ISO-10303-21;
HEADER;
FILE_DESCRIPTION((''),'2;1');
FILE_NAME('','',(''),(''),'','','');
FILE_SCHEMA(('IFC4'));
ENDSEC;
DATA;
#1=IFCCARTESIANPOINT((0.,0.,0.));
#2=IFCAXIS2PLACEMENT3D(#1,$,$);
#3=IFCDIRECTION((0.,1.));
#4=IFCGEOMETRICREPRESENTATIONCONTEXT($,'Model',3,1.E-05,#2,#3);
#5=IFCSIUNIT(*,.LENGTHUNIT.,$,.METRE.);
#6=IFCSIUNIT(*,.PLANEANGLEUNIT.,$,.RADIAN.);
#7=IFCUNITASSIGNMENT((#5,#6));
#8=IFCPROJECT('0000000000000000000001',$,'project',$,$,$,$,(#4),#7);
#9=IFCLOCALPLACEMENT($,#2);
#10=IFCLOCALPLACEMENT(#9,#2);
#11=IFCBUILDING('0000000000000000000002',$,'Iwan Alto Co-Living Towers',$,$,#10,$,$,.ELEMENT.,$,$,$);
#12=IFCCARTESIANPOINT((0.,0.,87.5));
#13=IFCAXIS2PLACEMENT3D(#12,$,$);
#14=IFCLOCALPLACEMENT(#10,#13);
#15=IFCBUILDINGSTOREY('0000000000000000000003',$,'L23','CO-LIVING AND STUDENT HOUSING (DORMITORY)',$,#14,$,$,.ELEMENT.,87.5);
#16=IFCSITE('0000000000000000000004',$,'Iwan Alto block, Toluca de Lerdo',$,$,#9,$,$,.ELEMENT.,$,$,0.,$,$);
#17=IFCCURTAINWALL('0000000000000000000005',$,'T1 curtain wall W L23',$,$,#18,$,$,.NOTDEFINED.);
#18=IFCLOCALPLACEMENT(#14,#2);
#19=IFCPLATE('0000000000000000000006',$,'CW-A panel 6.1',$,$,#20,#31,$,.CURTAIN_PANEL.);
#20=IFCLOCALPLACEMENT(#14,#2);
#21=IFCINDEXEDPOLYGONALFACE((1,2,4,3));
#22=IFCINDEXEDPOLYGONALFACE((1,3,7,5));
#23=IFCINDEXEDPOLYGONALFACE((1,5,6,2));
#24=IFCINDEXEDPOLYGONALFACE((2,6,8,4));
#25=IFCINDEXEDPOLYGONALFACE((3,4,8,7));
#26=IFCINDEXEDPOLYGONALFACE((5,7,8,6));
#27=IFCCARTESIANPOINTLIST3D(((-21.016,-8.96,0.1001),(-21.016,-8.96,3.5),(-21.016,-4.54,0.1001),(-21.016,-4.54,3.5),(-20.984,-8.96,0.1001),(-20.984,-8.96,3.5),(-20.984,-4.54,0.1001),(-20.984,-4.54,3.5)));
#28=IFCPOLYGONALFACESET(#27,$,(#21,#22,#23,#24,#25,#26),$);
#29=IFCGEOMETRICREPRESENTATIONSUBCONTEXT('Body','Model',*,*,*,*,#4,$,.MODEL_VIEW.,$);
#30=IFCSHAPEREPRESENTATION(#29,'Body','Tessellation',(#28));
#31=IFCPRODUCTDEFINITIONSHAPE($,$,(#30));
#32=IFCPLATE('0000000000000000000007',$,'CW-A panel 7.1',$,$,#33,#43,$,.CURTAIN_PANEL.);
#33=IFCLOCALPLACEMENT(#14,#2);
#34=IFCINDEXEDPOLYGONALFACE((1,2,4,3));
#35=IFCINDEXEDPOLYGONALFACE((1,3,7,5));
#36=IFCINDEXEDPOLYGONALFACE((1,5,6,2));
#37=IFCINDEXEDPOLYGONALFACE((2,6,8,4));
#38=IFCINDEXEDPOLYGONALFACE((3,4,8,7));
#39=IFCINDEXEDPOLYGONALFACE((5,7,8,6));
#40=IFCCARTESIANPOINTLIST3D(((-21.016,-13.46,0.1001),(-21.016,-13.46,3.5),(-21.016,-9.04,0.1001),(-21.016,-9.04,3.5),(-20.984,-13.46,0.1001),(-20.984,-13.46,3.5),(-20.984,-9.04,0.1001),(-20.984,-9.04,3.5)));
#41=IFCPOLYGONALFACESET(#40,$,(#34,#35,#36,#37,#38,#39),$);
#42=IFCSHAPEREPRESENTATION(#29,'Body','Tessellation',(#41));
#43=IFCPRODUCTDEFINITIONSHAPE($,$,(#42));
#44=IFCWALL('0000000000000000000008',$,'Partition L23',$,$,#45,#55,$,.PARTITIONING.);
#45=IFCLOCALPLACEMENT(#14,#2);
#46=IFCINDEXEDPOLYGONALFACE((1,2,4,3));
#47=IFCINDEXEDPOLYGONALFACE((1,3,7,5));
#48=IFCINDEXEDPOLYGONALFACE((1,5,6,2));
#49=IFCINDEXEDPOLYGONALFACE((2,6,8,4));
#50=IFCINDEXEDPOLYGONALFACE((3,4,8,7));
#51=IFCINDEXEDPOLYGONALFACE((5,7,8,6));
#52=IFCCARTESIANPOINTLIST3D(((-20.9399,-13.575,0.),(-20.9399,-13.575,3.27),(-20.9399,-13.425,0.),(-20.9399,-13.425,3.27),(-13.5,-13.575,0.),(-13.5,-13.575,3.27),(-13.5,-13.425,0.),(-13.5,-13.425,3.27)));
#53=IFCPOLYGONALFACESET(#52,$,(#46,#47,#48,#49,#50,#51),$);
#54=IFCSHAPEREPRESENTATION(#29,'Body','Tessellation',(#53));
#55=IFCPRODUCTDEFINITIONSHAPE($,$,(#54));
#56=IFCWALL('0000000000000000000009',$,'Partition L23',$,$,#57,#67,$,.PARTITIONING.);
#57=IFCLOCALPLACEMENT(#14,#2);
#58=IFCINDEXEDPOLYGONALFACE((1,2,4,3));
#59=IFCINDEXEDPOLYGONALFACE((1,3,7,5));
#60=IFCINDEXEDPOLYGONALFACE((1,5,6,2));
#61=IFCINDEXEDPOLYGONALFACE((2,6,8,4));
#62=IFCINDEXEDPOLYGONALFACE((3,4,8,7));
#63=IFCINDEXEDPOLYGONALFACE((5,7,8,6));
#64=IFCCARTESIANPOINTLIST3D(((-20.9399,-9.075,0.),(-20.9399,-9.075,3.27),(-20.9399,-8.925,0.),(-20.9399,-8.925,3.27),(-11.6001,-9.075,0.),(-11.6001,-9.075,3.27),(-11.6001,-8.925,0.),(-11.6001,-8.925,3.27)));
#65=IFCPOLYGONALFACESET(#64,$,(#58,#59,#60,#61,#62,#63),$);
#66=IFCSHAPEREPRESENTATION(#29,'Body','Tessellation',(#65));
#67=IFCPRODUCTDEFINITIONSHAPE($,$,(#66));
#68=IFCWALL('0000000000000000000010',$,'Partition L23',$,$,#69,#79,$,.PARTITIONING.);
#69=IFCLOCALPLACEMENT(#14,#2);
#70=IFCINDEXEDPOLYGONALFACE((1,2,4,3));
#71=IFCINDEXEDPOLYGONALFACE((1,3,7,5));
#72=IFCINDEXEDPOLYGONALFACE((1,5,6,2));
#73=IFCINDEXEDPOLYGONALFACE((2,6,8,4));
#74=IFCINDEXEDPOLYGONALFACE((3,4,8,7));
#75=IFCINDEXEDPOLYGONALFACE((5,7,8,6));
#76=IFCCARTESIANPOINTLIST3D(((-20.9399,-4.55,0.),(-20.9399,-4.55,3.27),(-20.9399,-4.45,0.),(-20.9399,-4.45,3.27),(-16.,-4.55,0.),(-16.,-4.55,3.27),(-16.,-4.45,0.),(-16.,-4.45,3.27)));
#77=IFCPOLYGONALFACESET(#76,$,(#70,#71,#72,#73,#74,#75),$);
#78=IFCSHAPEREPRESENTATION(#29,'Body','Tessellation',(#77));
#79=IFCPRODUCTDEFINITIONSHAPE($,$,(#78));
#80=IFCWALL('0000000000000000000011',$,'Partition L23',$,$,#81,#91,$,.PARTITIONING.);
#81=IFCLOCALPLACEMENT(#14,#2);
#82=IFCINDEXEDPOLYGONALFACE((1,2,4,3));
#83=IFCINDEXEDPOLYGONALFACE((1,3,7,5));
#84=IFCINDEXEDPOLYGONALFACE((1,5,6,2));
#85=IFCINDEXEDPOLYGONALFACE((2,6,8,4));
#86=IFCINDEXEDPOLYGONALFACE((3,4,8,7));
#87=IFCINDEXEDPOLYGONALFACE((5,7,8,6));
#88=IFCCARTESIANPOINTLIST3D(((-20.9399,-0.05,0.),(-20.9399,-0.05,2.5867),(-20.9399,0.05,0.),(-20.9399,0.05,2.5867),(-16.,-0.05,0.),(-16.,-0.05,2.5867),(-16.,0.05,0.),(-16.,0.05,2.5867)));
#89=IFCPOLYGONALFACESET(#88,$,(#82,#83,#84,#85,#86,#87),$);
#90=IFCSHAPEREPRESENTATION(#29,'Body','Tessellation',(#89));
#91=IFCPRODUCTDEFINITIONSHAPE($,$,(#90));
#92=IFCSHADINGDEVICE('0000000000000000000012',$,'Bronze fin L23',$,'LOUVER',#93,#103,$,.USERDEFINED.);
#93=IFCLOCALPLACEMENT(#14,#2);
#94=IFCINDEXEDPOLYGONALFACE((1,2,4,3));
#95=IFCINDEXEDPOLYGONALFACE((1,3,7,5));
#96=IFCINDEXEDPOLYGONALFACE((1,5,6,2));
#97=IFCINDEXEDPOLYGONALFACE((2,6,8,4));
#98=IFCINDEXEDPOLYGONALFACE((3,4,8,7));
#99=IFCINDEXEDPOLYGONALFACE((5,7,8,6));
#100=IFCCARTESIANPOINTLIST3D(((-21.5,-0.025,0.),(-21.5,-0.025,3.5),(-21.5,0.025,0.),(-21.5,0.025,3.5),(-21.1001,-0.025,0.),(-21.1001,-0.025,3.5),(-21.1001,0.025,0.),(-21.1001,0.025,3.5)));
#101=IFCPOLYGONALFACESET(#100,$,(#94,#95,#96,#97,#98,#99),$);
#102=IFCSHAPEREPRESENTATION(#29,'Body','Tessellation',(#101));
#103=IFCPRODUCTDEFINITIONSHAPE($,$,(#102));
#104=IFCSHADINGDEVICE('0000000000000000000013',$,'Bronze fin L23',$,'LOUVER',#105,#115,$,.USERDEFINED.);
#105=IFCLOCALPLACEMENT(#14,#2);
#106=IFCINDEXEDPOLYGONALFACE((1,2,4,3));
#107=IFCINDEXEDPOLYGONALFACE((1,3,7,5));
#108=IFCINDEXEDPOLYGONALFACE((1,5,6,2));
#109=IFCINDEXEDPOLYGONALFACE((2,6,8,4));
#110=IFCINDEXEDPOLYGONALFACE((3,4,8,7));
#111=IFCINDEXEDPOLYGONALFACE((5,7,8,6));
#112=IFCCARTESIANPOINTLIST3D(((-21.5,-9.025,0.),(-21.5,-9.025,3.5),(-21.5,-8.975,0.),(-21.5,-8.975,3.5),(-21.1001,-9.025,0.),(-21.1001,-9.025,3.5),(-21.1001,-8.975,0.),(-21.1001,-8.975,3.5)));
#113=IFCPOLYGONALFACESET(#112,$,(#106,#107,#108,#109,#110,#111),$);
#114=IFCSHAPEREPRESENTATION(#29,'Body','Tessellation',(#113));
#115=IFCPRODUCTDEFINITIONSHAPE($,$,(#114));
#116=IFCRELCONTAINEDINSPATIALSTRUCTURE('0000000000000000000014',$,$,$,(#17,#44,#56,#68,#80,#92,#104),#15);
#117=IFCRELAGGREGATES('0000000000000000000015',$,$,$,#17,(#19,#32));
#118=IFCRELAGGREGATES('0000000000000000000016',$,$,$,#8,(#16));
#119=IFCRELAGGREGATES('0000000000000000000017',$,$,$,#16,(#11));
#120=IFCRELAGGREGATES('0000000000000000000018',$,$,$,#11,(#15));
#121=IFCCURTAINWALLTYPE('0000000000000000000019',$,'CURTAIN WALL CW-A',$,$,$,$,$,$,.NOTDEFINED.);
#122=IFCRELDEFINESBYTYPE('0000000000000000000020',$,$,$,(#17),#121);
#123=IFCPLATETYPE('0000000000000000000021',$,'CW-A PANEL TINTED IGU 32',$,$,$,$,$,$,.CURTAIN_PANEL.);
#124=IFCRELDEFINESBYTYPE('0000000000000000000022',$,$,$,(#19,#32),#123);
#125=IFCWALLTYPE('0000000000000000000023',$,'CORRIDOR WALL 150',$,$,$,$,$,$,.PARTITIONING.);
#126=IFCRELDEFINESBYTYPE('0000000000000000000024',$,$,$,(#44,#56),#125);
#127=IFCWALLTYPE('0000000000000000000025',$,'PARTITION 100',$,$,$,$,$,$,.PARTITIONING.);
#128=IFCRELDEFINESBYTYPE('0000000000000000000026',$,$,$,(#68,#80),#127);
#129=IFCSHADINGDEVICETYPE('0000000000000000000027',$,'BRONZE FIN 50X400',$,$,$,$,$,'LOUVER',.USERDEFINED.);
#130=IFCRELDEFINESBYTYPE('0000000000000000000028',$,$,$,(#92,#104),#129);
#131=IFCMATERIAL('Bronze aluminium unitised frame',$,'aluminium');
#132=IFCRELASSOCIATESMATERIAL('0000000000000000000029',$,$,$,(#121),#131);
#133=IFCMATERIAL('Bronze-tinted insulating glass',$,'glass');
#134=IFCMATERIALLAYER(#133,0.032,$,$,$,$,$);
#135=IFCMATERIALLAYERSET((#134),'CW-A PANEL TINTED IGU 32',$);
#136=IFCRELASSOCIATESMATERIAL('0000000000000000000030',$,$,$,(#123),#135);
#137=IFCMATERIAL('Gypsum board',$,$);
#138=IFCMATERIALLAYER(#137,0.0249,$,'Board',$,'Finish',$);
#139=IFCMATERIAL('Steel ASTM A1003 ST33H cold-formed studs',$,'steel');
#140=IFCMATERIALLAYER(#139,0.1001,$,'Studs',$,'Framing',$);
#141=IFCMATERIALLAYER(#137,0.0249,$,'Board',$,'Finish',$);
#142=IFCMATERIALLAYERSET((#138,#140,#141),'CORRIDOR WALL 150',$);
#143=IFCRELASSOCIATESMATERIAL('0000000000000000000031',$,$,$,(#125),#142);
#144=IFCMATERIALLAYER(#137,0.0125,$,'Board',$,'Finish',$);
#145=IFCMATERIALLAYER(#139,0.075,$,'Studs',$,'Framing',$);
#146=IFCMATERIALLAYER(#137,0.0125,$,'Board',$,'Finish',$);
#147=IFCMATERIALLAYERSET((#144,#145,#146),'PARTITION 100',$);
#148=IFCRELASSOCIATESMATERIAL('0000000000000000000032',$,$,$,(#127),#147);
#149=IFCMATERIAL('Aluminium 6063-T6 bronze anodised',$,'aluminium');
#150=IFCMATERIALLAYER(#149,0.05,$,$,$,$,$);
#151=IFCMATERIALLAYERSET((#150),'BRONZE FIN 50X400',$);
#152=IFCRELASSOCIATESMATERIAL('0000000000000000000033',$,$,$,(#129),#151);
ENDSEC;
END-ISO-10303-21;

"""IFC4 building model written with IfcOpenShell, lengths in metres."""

from ifc_helpers import new_model, si_unit, direction, frame, frame_2d, origin, origin_2d, place, context, subcontext, project, spatial, rectangle, extrude, material, layer, layer_set, type_object, element, aggregate, save


model = new_model("IFC4")

# Units and contexts
model_context = context("Model", 3, precision=1e-05, world=origin(), true_north=direction((0.0, 1.0)))
body_context = subcontext(model_context, "Body", "Model", "MODEL_VIEW")
ifc_project = project(units=[si_unit("LENGTHUNIT", "METRE"), si_unit("PLANEANGLEUNIT", "RADIAN")], contexts=[model_context])

# Site, building, storey
site_placement = place(None, origin())
site = spatial("IfcSite", under=ifc_project, at=site_placement, Name="Iwan Alto block, Toluca de Lerdo", CompositionType="ELEMENT", RefElevation=0.0)
building_placement = place(site_placement, origin())
building = spatial("IfcBuilding", under=site, at=building_placement, Name="Iwan Alto Co-Living Towers", CompositionType="ELEMENT")
storey_placement = place(building_placement, frame((0.0, 0.0, 87.5)))
storey = spatial("IfcBuildingStorey", under=building, at=storey_placement, Name="L23", Description="CO-LIVING AND STUDENT HOUSING (DORMITORY)", CompositionType="ELEMENT", Elevation=87.5)

# Curtain wall
ifc_material_1 = material(Name="Bronze aluminium unitised frame", Category="aluminium")
curtain_wall_type = type_object("IfcCurtainWallType", Name="CURTAIN WALL CW-A", PredefinedType="NOTDEFINED", material=ifc_material_1)
curtain_wall_placement = place(storey_placement, origin())
curtain_wall = element("IfcCurtainWall", 1, at=curtain_wall_placement, inside=storey, type_object=curtain_wall_type, Name="T1 curtain wall W L23", PredefinedType="NOTDEFINED")

# Plates
ifc_material_2 = material(Name="Bronze-tinted insulating glass", Category="glass")
ifc_layer_1 = layer(ifc_material_2, 0.032)
ifc_layer_set_1 = layer_set([ifc_layer_1], Name="CW-A PANEL TINTED IGU 32")
plate_type = type_object("IfcPlateType", Name="CW-A PANEL TINTED IGU 32", PredefinedType="CURTAIN_PANEL", material=ifc_layer_set_1)
plate_1_placement = place(storey_placement, frame((-21.0, -6.75, 0.1001), z_axis=(0.0, 0.0, 1.0), x_axis=(0.0, -1.0, 0.0)))
plate_1 = element("IfcPlate", 2, at=plate_1_placement, type_object=plate_type, Name="CW-A panel 6.1", PredefinedType="CURTAIN_PANEL", context=body_context, shape_type="SweptSolid", body=[
    extrude(rectangle(XDim=4.4199, YDim=0.032, at=origin_2d()), origin(), (0.0, 0.0, 1.0), 3.3999),
])
plate_2_placement = place(storey_placement, frame((-21.0, -11.25, 0.1001), z_axis=(0.0, 0.0, 1.0), x_axis=(0.0, -1.0, 0.0)))
plate_2 = element("IfcPlate", 3, at=plate_2_placement, type_object=plate_type, Name="CW-A panel 7.1", PredefinedType="CURTAIN_PANEL", context=body_context, shape_type="SweptSolid", body=[
    extrude(rectangle(XDim=4.4199, YDim=0.032, at=origin_2d()), origin(), (0.0, 0.0, 1.0), 3.3999),
])
aggregate(curtain_wall, [plate_1, plate_2])

# Walls
ifc_material_3 = material(Name="Gypsum board")
ifc_layer_2 = layer(ifc_material_3, 0.0249, Name="Board", Category="Finish")
ifc_material_4 = material(Name="Steel ASTM A1003 ST33H cold-formed studs", Category="steel")
ifc_layer_3 = layer(ifc_material_4, 0.1001, Name="Studs", Category="Framing")
ifc_layer_4 = layer(ifc_material_3, 0.0249, Name="Board", Category="Finish")
ifc_layer_set_2 = layer_set([ifc_layer_2, ifc_layer_3, ifc_layer_4], Name="CORRIDOR WALL 150")
wall_type_1 = type_object("IfcWallType", Name="CORRIDOR WALL 150", PredefinedType="PARTITIONING", material=ifc_layer_set_2)
wall_1_placement = place(storey_placement, frame((-20.9399, -13.5, 0.0), z_axis=(0.0, 0.0, 1.0), x_axis=(1.0, 0.0, 0.0)))
element("IfcWall", 4, at=wall_1_placement, inside=storey, type_object=wall_type_1, Name="Partition L23", PredefinedType="PARTITIONING", context=body_context, shape_type="SweptSolid", body=[
    extrude(rectangle(XDim=7.4399, YDim=0.1499, at=frame_2d((3.72, 0.0))), origin(), (0.0, 0.0, 1.0), 3.27),
])
wall_2_placement = place(storey_placement, frame((-20.9399, -9.0, 0.0), z_axis=(0.0, 0.0, 1.0), x_axis=(1.0, 0.0, 0.0)))
element("IfcWall", 5, at=wall_2_placement, inside=storey, type_object=wall_type_1, Name="Partition L23", PredefinedType="PARTITIONING", context=body_context, shape_type="SweptSolid", body=[
    extrude(rectangle(XDim=9.3398, YDim=0.1499, at=frame_2d((4.6699, 0.0))), origin(), (0.0, 0.0, 1.0), 3.27),
])
ifc_layer_5 = layer(ifc_material_3, 0.0125, Name="Board", Category="Finish")
ifc_layer_6 = layer(ifc_material_4, 0.075, Name="Studs", Category="Framing")
ifc_layer_7 = layer(ifc_material_3, 0.0125, Name="Board", Category="Finish")
ifc_layer_set_3 = layer_set([ifc_layer_5, ifc_layer_6, ifc_layer_7], Name="PARTITION 100")
wall_type_2 = type_object("IfcWallType", Name="PARTITION 100", PredefinedType="PARTITIONING", material=ifc_layer_set_3)
wall_3_placement = place(storey_placement, frame((-20.9399, -4.5, 0.0), z_axis=(0.0, 0.0, 1.0), x_axis=(1.0, 0.0, 0.0)))
element("IfcWall", 6, at=wall_3_placement, inside=storey, type_object=wall_type_2, Name="Partition L23", PredefinedType="PARTITIONING", context=body_context, shape_type="SweptSolid", body=[
    extrude(rectangle(XDim=4.9399, YDim=0.1001, at=frame_2d((2.47, 0.0))), origin(), (0.0, 0.0, 1.0), 3.27),
])
wall_4_placement = place(storey_placement, frame((-20.9399, 0.0, 0.0), z_axis=(0.0, 0.0, 1.0), x_axis=(1.0, 0.0, 0.0)))
element("IfcWall", 7, at=wall_4_placement, inside=storey, type_object=wall_type_2, Name="Partition L23", PredefinedType="PARTITIONING", context=body_context, shape_type="SweptSolid", body=[
    extrude(rectangle(XDim=4.9399, YDim=0.1001, at=frame_2d((2.47, 0.0))), origin(), (0.0, 0.0, 1.0), 2.5867),
])

# Shading devices
ifc_material_5 = material(Name="Aluminium 6063-T6 bronze anodised", Category="aluminium")
ifc_layer_8 = layer(ifc_material_5, 0.05)
ifc_layer_set_4 = layer_set([ifc_layer_8], Name="BRONZE FIN 50X400")
shading_device_type = type_object("IfcShadingDeviceType", Name="BRONZE FIN 50X400", ElementType="LOUVER", PredefinedType="USERDEFINED", material=ifc_layer_set_4)
for number, where, z_axis, x_axis, name in (
    (8, (-21.3, 0.0, 0.0), (0.0, 0.0, 1.0), (0.0, -1.0, 0.0), "Bronze fin L23"),
    (9, (-21.3, -9.0, 0.0), (0.0, 0.0, 1.0), (0.0, -1.0, 0.0), "Bronze fin L23"),
):
    element("IfcShadingDevice", number, at=place(storey_placement, frame(where, z_axis=z_axis, x_axis=x_axis)), inside=storey, type_object=shading_device_type, Name=name, ObjectType="LOUVER", PredefinedType="USERDEFINED", context=body_context, shape_type="SweptSolid", body=[
        extrude(rectangle(XDim=0.05, YDim=0.3999, at=origin_2d()), origin(), (0.0, 0.0, 1.0), 3.5),
    ])

save(model, "model.ifc")
